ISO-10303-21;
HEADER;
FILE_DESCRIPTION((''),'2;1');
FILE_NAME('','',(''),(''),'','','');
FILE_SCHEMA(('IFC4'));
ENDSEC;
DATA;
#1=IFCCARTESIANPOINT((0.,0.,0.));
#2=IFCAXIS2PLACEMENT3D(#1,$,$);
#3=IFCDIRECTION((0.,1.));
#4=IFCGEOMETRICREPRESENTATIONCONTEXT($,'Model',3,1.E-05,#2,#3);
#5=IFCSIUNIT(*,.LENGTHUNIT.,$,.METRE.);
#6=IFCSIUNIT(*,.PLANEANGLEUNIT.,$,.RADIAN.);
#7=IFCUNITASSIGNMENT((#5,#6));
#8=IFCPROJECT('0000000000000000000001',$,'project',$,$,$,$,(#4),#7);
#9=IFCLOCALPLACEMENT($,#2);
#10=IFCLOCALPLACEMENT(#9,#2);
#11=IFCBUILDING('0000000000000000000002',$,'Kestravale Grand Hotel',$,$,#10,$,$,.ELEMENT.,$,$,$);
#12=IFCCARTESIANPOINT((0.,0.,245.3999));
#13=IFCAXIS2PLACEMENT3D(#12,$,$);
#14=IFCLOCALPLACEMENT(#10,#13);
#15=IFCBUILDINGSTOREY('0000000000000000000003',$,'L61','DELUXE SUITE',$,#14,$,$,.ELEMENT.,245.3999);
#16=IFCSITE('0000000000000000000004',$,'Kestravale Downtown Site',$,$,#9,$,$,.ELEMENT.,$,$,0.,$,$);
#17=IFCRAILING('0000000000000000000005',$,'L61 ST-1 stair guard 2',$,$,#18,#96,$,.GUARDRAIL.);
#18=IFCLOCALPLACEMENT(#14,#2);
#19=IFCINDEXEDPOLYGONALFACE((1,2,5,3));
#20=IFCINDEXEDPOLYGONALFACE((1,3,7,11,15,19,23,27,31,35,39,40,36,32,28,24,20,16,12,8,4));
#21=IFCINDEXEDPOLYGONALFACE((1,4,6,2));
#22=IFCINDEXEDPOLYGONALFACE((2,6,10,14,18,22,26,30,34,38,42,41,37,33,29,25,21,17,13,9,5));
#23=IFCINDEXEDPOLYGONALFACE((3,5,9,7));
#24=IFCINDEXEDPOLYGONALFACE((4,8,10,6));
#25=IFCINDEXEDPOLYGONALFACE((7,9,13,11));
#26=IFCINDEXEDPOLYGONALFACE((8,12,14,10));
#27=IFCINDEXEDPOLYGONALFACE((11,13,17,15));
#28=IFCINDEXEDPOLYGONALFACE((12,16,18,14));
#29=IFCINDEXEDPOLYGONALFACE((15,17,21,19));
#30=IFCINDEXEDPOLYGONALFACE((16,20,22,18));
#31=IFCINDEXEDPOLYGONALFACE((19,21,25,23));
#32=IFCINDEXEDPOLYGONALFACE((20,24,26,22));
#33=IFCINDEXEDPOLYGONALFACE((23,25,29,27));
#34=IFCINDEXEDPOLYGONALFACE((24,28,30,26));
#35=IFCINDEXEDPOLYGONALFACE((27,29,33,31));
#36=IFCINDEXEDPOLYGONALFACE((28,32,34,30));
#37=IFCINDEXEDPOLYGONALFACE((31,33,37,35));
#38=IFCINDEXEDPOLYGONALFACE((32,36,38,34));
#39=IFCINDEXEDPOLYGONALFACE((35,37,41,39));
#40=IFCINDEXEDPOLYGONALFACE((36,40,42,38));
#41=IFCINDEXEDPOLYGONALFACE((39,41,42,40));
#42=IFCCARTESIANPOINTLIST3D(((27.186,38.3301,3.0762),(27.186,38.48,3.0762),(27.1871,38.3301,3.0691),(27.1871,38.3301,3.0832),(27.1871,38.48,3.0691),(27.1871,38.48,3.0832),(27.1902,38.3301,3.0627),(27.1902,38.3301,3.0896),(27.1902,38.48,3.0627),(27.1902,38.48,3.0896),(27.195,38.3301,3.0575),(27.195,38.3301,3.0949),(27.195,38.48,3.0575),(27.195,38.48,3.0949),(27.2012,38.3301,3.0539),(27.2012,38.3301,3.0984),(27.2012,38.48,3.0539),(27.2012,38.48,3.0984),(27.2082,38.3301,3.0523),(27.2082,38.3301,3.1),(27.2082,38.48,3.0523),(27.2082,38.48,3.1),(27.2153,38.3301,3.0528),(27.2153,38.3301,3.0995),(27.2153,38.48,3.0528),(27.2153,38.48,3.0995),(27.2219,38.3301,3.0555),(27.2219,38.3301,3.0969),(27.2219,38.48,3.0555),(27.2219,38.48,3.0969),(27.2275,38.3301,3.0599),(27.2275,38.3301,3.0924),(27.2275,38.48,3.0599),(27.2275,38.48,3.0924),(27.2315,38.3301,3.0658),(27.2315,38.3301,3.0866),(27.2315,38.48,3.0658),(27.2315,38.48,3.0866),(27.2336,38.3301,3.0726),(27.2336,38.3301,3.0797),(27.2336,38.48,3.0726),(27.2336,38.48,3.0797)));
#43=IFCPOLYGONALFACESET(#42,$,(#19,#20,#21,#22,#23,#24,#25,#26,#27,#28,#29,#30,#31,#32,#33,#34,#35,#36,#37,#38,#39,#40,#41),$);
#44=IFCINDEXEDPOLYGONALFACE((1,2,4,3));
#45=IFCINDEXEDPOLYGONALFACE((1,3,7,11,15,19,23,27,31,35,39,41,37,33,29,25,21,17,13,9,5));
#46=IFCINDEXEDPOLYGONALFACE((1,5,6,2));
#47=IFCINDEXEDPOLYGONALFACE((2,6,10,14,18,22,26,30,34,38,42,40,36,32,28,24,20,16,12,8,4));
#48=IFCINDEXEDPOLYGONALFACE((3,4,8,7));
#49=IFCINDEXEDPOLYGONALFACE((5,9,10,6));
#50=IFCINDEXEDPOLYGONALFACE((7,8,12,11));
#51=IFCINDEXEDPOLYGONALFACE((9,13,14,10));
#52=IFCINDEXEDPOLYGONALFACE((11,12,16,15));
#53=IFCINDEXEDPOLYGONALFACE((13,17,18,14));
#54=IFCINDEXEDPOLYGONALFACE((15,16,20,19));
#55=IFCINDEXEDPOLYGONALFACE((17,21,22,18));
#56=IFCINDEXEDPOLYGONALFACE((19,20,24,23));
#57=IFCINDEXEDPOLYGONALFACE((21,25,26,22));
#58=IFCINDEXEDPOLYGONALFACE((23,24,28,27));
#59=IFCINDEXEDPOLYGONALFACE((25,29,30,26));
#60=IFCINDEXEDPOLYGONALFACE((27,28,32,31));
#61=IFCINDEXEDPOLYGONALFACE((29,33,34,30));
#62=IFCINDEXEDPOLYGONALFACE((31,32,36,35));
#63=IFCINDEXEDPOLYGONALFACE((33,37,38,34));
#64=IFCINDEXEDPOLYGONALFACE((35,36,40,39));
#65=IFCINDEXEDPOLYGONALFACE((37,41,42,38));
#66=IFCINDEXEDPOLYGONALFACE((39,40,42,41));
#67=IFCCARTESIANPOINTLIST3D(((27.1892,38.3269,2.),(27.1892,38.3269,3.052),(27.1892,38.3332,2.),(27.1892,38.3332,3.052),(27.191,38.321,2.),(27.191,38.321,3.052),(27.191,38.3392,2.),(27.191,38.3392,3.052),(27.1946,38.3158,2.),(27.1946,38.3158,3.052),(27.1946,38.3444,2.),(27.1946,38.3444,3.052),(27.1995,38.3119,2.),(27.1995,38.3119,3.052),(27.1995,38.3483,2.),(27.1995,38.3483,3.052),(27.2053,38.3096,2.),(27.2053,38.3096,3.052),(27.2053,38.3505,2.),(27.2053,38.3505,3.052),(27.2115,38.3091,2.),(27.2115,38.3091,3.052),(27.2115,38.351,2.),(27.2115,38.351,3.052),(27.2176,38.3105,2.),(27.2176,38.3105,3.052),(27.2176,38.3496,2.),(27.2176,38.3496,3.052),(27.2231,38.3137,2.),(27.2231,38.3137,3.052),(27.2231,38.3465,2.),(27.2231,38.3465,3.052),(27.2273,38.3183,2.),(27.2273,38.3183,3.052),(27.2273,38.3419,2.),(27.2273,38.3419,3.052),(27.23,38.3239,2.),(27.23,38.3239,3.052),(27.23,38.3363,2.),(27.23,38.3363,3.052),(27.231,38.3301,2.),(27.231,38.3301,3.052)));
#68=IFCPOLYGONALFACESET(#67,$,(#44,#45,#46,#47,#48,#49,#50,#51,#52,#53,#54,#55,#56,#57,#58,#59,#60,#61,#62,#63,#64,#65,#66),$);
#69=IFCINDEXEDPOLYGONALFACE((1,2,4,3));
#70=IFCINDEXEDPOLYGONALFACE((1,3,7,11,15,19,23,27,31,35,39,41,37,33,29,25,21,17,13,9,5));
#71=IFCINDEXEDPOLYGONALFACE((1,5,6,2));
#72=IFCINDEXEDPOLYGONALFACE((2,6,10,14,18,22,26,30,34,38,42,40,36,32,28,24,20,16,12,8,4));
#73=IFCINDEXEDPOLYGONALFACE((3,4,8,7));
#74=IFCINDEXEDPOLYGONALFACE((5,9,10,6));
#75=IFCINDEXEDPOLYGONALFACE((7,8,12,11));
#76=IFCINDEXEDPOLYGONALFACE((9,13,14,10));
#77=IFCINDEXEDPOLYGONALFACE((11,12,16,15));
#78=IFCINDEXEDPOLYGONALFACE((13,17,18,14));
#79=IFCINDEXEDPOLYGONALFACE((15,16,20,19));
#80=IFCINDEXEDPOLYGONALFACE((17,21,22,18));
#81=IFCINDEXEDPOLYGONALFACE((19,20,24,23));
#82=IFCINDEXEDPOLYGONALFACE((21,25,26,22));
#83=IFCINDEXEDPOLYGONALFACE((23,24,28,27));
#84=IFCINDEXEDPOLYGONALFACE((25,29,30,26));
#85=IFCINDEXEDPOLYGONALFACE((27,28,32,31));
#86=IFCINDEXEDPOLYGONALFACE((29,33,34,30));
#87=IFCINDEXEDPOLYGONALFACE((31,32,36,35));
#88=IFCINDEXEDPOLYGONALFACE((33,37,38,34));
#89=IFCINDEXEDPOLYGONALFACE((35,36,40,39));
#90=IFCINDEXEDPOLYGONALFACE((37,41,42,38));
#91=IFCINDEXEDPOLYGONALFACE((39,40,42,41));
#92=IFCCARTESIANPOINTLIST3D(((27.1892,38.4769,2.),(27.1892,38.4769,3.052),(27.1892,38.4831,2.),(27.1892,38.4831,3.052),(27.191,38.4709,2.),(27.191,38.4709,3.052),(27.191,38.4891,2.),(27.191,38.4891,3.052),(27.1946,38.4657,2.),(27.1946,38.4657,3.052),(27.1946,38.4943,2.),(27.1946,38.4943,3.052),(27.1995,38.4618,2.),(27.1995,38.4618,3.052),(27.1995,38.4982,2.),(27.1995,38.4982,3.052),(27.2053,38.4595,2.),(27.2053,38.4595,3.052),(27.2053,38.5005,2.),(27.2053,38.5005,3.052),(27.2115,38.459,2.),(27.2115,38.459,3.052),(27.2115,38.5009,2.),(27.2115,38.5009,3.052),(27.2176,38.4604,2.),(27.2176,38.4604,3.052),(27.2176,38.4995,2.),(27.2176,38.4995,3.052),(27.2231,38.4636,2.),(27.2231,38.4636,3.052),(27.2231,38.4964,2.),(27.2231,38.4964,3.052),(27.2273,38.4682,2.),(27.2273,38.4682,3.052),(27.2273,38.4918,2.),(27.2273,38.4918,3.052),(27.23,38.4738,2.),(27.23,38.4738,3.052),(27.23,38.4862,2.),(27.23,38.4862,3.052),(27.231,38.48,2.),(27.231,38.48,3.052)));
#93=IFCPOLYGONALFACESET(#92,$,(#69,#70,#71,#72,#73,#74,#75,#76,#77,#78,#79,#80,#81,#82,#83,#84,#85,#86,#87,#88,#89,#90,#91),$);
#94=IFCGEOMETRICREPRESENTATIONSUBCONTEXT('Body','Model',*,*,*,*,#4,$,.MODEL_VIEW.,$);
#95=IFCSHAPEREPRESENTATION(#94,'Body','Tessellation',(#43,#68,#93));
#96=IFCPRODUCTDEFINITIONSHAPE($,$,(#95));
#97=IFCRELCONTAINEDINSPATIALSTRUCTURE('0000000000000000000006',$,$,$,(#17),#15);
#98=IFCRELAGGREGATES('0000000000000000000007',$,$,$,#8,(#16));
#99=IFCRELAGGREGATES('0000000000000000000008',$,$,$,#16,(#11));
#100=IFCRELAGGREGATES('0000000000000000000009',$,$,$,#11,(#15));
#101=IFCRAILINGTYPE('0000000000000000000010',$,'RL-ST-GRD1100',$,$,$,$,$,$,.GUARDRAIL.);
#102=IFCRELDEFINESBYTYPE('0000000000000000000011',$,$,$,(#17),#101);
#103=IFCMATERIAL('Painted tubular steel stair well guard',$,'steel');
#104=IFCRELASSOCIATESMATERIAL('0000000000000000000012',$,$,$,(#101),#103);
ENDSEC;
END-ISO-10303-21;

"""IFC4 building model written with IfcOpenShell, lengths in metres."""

from ifc_helpers import new_model, si_unit, direction, frame, origin, origin_2d, place, context, subcontext, project, spatial, circle, extrude, material, type_object, element, save


model = new_model("IFC4")

# Units and contexts
model_context = context("Model", 3, precision=1e-05, world=origin(), true_north=direction((0.0, 1.0)))
body_context = subcontext(model_context, "Body", "Model", "MODEL_VIEW")
ifc_project = project(units=[si_unit("LENGTHUNIT", "METRE"), si_unit("PLANEANGLEUNIT", "RADIAN")], contexts=[model_context])

# Site, building, storey
site_placement = place(None, origin())
site = spatial("IfcSite", under=ifc_project, at=site_placement, Name="Kestravale Downtown Site", CompositionType="ELEMENT", RefElevation=0.0)
building_placement = place(site_placement, origin())
building = spatial("IfcBuilding", under=site, at=building_placement, Name="Kestravale Grand Hotel", CompositionType="ELEMENT")
storey_placement = place(building_placement, frame((0.0, 0.0, 245.3999)))
storey = spatial("IfcBuildingStorey", under=building, at=storey_placement, Name="L61", Description="DELUXE SUITE", CompositionType="ELEMENT", Elevation=245.3999)

# Railing
ifc_material_1 = material(Name="Painted tubular steel stair well guard", Category="steel")
railing_type_1 = type_object("IfcRailingType", Name="RL-ST-GRD1100", PredefinedType="GUARDRAIL", material=ifc_material_1)
railing_1_placement = place(storey_placement, frame((27.21, 38.3301, 2.0)))
element("IfcRailing", 1, at=railing_1_placement, inside=storey, type_object=railing_type_1, Name="L61 ST-1 stair guard 2", PredefinedType="GUARDRAIL", context=body_context, shape_type="SweptSolid", body=[
    extrude(circle(Radius=0.0239, at=origin_2d()), frame((0.0, 0.0, 1.0762), z_axis=(0.0, 1.0, 0.0), x_axis=(-1.0, 0.0, 0.0)), (0.0, 0.0, 1.0), 0.1499),
    extrude(circle(Radius=0.021, at=origin_2d()), origin(), (0.0, 0.0, 1.0), 1.052),
    extrude(circle(Radius=0.021, at=origin_2d()), frame((0.0, 0.1499, 0.0)), (0.0, 0.0, 1.0), 1.052),
])

save(model, "model.ifc")
